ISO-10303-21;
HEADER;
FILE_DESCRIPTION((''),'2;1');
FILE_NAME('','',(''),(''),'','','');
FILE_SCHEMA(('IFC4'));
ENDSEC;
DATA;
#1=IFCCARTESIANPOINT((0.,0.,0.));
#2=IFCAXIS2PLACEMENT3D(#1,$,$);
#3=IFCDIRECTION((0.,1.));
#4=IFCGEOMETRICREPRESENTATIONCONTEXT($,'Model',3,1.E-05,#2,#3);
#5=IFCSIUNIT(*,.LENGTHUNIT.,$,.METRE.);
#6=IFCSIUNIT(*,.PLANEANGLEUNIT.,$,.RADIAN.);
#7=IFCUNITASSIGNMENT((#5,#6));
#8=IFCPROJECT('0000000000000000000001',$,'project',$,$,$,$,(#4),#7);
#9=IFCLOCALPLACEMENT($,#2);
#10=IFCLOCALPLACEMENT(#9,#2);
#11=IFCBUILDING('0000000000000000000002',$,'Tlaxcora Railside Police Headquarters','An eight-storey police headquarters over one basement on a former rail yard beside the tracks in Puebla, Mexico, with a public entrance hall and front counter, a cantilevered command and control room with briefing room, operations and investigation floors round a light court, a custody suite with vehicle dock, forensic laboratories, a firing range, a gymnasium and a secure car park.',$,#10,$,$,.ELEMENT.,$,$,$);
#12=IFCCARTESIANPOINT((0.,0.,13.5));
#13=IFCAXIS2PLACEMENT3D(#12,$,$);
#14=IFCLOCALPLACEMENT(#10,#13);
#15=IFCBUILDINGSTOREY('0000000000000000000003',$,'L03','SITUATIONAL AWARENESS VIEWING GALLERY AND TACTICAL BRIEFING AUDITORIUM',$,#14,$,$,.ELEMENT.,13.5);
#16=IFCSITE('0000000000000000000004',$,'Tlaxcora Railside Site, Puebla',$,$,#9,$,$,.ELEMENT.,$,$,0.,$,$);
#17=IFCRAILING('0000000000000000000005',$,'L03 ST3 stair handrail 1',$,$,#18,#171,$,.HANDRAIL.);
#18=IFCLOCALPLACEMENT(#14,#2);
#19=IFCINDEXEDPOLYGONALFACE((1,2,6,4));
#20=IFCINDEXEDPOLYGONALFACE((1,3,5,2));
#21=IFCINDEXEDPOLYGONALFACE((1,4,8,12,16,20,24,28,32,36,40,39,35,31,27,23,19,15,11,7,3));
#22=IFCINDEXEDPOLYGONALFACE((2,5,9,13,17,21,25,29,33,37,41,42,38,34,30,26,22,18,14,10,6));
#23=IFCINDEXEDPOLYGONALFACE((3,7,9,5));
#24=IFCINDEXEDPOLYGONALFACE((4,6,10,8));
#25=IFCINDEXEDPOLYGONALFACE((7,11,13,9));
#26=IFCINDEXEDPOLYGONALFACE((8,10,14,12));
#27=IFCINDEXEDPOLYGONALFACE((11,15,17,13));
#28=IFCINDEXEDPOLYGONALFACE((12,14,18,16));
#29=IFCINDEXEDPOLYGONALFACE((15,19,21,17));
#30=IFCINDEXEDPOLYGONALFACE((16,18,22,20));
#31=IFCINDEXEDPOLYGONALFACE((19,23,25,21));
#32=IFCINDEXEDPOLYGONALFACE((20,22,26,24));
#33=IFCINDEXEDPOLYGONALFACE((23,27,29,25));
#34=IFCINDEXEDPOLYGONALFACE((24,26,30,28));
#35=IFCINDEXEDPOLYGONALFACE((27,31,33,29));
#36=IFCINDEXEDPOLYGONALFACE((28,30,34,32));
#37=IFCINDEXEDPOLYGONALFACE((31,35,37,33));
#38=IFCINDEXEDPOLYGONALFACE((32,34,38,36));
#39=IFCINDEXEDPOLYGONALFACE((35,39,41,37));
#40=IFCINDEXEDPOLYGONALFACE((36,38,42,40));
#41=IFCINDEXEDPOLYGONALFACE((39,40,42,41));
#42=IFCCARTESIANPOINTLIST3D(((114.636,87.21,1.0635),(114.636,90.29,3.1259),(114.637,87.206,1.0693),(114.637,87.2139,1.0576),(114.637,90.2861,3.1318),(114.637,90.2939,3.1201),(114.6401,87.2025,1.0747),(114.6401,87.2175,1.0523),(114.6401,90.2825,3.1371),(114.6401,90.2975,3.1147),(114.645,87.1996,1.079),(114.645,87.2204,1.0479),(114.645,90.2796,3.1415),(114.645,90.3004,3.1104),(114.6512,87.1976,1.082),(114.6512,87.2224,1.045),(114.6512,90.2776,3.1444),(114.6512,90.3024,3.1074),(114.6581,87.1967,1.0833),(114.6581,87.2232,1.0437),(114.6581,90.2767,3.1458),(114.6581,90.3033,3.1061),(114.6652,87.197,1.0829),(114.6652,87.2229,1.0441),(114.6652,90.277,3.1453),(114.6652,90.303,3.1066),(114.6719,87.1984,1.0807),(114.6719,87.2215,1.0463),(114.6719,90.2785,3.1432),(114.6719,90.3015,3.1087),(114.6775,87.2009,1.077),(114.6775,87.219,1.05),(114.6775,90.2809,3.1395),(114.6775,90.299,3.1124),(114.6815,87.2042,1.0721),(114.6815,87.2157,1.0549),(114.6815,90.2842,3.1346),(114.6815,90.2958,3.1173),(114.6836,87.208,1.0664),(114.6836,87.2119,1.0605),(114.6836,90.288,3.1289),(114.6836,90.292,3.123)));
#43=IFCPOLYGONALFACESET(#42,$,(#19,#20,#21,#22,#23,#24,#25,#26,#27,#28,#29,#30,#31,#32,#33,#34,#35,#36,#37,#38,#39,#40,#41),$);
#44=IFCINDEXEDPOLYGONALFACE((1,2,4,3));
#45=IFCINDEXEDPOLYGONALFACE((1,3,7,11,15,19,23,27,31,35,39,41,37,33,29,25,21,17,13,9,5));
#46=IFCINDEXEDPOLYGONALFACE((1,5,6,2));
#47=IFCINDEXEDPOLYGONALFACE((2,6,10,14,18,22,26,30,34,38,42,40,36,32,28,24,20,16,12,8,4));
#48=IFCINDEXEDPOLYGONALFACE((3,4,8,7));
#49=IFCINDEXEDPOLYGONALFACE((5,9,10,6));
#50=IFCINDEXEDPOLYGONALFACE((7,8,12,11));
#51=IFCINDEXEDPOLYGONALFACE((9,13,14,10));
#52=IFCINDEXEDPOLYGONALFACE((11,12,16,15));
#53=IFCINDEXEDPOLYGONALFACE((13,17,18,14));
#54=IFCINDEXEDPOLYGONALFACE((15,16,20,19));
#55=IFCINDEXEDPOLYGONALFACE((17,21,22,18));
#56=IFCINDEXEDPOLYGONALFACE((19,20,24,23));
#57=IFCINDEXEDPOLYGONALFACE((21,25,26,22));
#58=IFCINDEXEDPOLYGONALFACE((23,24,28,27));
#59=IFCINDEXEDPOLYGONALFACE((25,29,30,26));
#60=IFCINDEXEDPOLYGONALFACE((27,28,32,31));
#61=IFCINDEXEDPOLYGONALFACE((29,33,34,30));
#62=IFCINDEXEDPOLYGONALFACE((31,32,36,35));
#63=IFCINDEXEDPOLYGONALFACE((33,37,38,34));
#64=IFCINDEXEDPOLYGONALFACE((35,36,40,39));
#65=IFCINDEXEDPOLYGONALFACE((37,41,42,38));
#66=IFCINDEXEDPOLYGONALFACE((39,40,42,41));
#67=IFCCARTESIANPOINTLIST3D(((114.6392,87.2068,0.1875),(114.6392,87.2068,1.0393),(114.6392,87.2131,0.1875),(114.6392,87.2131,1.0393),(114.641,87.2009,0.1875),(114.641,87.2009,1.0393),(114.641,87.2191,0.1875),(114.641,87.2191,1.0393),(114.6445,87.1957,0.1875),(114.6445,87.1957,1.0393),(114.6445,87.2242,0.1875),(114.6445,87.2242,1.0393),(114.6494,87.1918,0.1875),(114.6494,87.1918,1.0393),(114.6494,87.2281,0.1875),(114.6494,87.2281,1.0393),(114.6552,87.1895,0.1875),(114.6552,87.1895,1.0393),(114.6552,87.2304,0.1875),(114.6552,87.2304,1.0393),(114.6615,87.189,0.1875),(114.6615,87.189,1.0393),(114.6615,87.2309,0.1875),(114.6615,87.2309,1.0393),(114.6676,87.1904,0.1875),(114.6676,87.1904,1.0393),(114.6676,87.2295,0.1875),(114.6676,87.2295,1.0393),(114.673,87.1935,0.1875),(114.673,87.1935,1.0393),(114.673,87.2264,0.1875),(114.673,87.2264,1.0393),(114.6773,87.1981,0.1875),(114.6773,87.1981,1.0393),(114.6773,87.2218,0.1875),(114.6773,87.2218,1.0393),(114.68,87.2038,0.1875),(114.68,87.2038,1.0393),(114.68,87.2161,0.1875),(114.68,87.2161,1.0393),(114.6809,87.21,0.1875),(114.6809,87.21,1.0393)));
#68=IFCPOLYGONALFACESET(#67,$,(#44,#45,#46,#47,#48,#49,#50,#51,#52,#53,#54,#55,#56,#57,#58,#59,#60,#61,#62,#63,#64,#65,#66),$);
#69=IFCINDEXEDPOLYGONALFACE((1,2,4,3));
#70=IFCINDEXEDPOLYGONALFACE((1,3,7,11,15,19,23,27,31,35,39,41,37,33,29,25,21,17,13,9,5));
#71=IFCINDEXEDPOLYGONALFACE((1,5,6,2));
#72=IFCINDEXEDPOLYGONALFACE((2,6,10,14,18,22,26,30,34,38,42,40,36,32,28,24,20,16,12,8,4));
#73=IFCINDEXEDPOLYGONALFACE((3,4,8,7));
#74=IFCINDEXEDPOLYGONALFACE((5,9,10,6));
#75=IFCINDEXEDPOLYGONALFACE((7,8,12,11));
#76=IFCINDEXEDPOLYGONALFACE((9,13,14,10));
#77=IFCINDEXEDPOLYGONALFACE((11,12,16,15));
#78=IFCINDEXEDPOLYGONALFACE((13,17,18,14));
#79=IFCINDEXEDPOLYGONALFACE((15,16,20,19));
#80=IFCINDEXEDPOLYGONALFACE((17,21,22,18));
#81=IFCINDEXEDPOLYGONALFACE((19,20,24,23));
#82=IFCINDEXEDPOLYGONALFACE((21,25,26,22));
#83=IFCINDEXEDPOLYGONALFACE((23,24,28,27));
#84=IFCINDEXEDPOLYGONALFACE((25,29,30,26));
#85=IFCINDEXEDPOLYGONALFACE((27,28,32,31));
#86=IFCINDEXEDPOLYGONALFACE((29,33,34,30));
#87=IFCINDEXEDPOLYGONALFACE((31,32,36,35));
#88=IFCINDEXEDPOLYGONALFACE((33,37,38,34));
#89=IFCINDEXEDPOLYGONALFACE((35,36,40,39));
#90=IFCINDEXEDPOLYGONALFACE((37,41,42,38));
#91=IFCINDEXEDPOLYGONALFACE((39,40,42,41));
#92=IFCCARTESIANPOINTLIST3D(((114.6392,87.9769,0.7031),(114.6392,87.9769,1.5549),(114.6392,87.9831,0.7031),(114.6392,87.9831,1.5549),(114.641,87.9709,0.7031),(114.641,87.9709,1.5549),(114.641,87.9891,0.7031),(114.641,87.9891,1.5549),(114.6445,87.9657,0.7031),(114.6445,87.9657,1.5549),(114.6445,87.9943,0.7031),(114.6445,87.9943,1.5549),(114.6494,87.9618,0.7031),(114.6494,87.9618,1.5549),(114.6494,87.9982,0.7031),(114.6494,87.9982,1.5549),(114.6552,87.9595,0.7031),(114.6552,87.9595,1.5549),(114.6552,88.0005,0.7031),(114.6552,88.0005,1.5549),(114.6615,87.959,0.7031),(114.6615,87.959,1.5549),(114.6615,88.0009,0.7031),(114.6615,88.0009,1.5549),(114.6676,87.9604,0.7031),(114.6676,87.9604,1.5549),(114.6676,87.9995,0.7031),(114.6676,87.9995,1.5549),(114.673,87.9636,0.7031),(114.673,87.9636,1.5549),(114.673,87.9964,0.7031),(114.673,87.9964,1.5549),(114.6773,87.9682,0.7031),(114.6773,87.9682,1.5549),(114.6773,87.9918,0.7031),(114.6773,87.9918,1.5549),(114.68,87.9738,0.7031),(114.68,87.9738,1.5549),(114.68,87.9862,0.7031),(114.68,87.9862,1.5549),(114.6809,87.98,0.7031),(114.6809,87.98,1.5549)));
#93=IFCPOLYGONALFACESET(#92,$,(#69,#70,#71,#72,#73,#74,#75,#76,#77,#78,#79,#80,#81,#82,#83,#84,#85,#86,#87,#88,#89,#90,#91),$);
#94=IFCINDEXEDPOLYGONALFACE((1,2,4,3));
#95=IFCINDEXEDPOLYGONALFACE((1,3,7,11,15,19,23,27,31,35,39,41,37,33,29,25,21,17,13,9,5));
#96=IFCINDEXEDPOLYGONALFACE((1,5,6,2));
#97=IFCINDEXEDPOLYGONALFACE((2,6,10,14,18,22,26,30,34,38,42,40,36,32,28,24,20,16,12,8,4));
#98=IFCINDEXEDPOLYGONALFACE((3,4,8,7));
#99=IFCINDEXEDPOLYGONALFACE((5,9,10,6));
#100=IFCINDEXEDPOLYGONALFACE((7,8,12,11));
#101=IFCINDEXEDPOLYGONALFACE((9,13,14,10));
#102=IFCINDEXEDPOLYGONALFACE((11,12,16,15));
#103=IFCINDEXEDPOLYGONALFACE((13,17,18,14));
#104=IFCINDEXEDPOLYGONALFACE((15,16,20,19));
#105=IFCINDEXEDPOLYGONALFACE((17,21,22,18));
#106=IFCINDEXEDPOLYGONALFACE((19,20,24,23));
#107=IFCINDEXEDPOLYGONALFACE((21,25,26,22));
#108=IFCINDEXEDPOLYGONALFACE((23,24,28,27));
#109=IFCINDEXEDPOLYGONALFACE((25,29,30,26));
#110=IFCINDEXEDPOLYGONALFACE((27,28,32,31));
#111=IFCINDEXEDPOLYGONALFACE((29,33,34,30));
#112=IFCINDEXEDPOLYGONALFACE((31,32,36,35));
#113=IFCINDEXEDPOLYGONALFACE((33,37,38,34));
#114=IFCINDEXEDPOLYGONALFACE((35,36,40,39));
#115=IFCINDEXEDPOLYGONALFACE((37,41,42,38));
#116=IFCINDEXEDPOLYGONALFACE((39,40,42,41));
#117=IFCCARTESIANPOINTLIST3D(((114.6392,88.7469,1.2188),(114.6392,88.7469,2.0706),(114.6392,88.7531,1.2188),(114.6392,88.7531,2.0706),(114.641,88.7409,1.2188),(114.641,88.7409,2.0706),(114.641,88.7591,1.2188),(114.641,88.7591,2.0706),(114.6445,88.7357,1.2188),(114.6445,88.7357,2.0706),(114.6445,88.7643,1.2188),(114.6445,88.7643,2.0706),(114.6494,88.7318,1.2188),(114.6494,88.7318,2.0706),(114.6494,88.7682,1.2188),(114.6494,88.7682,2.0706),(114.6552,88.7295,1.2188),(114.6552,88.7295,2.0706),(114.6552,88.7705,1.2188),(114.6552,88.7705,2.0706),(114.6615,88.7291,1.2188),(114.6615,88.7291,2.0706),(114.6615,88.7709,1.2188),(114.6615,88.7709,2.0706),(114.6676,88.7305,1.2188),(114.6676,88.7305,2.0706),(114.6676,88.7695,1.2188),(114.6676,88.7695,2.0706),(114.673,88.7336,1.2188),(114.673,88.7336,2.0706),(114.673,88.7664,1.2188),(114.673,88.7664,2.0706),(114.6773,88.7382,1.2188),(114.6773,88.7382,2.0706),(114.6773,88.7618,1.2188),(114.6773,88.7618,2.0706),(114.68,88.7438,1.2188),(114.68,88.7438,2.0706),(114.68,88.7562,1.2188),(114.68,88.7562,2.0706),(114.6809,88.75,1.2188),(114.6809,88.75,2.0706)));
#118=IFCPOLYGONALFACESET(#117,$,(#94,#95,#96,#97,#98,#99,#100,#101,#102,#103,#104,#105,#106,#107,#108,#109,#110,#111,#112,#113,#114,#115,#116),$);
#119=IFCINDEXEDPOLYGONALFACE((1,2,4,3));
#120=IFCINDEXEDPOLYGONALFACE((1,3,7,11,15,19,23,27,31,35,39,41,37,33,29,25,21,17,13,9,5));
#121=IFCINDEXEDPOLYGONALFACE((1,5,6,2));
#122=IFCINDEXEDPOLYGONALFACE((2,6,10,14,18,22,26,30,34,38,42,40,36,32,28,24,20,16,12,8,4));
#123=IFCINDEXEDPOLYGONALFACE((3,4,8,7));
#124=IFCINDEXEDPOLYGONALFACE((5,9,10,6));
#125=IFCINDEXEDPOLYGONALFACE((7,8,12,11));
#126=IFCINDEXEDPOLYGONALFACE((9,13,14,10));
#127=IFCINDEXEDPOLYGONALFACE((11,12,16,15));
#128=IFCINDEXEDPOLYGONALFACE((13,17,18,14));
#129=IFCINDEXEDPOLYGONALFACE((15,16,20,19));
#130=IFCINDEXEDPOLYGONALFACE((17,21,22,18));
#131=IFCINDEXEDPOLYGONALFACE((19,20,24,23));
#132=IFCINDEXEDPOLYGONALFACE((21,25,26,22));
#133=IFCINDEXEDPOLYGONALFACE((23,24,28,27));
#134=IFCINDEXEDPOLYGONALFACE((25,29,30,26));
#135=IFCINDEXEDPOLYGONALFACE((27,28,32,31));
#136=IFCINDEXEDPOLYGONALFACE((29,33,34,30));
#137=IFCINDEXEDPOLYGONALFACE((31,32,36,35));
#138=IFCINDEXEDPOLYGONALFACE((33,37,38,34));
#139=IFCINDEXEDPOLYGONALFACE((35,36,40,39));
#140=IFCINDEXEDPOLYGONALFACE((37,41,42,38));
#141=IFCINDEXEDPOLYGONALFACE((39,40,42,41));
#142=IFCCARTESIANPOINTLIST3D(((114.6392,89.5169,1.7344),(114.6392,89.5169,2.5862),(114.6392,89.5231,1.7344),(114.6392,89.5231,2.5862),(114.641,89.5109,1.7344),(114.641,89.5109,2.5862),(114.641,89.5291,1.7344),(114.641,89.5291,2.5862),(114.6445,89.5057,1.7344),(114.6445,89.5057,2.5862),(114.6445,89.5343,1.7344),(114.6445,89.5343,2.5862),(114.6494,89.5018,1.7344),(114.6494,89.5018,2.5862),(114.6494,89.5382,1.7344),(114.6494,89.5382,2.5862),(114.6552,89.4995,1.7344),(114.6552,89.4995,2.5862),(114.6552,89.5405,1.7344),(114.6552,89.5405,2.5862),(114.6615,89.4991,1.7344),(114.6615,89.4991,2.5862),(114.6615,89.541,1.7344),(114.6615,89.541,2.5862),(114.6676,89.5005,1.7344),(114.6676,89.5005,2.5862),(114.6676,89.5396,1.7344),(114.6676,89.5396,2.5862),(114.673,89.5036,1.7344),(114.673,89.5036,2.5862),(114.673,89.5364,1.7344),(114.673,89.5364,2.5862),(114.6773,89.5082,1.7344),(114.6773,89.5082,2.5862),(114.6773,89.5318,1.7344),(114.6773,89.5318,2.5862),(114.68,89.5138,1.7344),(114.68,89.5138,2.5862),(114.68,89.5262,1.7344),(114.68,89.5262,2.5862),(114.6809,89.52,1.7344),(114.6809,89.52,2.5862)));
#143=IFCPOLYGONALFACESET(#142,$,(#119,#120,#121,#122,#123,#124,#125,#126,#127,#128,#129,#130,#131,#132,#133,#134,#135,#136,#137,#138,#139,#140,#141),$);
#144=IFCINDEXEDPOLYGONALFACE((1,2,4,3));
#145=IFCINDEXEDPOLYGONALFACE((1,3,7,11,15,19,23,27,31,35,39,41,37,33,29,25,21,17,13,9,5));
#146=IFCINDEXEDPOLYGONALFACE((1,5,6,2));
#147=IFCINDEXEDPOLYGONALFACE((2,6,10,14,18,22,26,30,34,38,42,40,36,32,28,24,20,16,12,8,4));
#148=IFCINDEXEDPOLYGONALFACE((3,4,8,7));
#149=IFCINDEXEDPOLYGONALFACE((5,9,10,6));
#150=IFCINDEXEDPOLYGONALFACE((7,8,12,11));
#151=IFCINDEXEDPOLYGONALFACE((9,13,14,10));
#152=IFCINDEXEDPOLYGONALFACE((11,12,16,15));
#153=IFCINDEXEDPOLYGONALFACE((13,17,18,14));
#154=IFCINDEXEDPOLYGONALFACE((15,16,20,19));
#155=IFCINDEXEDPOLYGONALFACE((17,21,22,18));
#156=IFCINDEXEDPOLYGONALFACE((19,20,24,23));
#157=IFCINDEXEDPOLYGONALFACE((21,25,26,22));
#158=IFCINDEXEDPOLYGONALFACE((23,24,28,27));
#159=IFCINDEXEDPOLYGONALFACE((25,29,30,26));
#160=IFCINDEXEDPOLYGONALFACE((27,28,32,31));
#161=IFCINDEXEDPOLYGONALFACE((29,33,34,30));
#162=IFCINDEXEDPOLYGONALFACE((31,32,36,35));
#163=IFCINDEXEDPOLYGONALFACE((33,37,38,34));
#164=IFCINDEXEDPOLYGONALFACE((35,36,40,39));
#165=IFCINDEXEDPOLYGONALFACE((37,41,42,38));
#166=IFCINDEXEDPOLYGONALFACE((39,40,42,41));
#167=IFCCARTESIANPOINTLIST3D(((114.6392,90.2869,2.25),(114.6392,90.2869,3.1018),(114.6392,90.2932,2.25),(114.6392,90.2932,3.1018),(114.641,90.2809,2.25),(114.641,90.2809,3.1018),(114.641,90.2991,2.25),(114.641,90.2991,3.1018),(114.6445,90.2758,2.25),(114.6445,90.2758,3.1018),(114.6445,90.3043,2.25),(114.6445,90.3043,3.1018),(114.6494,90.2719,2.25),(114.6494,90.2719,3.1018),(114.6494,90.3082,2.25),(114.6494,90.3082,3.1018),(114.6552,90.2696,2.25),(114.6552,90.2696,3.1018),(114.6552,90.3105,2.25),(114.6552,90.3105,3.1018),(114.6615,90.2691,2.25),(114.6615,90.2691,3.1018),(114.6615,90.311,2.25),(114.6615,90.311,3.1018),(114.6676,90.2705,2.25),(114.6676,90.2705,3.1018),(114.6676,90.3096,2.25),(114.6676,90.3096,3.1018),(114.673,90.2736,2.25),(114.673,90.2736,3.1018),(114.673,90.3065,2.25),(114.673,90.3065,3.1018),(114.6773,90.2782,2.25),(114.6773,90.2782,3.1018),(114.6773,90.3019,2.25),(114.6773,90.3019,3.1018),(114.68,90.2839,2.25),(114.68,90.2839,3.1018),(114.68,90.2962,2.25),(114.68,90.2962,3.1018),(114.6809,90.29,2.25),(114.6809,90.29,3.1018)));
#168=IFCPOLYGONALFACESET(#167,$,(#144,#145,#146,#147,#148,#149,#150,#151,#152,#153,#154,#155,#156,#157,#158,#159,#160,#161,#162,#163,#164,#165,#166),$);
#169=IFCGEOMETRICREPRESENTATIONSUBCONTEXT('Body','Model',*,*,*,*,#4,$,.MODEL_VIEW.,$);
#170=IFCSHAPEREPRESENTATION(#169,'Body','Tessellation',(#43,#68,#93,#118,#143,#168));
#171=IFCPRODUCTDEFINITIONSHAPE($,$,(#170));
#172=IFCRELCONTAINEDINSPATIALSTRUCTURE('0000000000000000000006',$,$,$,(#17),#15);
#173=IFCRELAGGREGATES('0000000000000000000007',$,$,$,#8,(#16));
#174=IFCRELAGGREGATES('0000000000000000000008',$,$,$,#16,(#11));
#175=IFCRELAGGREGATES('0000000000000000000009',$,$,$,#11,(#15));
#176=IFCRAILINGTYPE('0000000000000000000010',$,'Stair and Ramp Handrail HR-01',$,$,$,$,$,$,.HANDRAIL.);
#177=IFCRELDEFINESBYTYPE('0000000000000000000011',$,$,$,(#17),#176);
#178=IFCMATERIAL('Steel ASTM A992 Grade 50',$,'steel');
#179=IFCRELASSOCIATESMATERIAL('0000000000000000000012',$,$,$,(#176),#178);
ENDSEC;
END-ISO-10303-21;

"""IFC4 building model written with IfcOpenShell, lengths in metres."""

from ifc_helpers import new_model, si_unit, direction, frame, origin, origin_2d, place, context, subcontext, project, spatial, circle, extrude, material, type_object, element, save


model = new_model("IFC4")

# Units and contexts
model_context = context("Model", 3, precision=1e-05, world=origin(), true_north=direction((0.0, 1.0)))
body_context = subcontext(model_context, "Body", "Model", "MODEL_VIEW")
ifc_project = project(units=[si_unit("LENGTHUNIT", "METRE"), si_unit("PLANEANGLEUNIT", "RADIAN")], contexts=[model_context])

# Site, building, storey
site_placement = place(None, origin())
site = spatial("IfcSite", under=ifc_project, at=site_placement, Name="Tlaxcora Railside Site, Puebla", CompositionType="ELEMENT", RefElevation=0.0)
building_placement = place(site_placement, origin())
building = spatial("IfcBuilding", under=site, at=building_placement, Name="Tlaxcora Railside Police Headquarters", Description="An eight-storey police headquarters over one basement on a former rail yard beside the tracks in Puebla, Mexico, with a public entrance hall and front counter, a cantilevered command and control room with briefing room, operations and investigation floors round a light court, a custody suite with vehicle dock, forensic laboratories, a firing range, a gymnasium and a secure car park.", CompositionType="ELEMENT")
storey_placement = place(building_placement, frame((0.0, 0.0, 13.5)))
storey = spatial("IfcBuildingStorey", under=building, at=storey_placement, Name="L03", Description="SITUATIONAL AWARENESS VIEWING GALLERY AND TACTICAL BRIEFING AUDITORIUM", CompositionType="ELEMENT", Elevation=13.5)

# Shared definitions
ifc_material_1 = material(Name="Steel ASTM A992 Grade 50", Category="steel")

# Railing
railing_type_1 = type_object("IfcRailingType", Name="Stair and Ramp Handrail HR-01", PredefinedType="HANDRAIL", material=ifc_material_1)
railing_1_placement = place(storey_placement, frame((114.6599, 87.21, 0.1875)))
element("IfcRailing", 1, at=railing_1_placement, inside=storey, type_object=railing_type_1, Name="L03 ST3 stair handrail 1", PredefinedType="HANDRAIL", context=body_context, shape_type="SweptSolid", body=[
    extrude(circle(Radius=0.0239, at=origin_2d()), frame((0.0, 0.0, 0.876), z_axis=(0.0, 0.830914, 0.556401), x_axis=(-1.0, 0.0, 0.0)), (0.0, 0.0, 1.0), 3.7068),
    extrude(circle(Radius=0.021, at=origin_2d()), origin(), (0.0, 0.0, 1.0), 0.8518),
    extrude(circle(Radius=0.021, at=origin_2d()), frame((0.0, 0.77, 0.5156)), (0.0, 0.0, 1.0), 0.8518),
    extrude(circle(Radius=0.021, at=origin_2d()), frame((0.0, 1.54, 1.0312)), (0.0, 0.0, 1.0), 0.8518),
    extrude(circle(Radius=0.021, at=origin_2d()), frame((0.0, 2.3101, 1.5469)), (0.0, 0.0, 1.0), 0.8518),
    extrude(circle(Radius=0.021, at=origin_2d()), frame((0.0, 3.0801, 2.0625)), (0.0, 0.0, 1.0), 0.8518),
])

save(model, "model.ifc")
